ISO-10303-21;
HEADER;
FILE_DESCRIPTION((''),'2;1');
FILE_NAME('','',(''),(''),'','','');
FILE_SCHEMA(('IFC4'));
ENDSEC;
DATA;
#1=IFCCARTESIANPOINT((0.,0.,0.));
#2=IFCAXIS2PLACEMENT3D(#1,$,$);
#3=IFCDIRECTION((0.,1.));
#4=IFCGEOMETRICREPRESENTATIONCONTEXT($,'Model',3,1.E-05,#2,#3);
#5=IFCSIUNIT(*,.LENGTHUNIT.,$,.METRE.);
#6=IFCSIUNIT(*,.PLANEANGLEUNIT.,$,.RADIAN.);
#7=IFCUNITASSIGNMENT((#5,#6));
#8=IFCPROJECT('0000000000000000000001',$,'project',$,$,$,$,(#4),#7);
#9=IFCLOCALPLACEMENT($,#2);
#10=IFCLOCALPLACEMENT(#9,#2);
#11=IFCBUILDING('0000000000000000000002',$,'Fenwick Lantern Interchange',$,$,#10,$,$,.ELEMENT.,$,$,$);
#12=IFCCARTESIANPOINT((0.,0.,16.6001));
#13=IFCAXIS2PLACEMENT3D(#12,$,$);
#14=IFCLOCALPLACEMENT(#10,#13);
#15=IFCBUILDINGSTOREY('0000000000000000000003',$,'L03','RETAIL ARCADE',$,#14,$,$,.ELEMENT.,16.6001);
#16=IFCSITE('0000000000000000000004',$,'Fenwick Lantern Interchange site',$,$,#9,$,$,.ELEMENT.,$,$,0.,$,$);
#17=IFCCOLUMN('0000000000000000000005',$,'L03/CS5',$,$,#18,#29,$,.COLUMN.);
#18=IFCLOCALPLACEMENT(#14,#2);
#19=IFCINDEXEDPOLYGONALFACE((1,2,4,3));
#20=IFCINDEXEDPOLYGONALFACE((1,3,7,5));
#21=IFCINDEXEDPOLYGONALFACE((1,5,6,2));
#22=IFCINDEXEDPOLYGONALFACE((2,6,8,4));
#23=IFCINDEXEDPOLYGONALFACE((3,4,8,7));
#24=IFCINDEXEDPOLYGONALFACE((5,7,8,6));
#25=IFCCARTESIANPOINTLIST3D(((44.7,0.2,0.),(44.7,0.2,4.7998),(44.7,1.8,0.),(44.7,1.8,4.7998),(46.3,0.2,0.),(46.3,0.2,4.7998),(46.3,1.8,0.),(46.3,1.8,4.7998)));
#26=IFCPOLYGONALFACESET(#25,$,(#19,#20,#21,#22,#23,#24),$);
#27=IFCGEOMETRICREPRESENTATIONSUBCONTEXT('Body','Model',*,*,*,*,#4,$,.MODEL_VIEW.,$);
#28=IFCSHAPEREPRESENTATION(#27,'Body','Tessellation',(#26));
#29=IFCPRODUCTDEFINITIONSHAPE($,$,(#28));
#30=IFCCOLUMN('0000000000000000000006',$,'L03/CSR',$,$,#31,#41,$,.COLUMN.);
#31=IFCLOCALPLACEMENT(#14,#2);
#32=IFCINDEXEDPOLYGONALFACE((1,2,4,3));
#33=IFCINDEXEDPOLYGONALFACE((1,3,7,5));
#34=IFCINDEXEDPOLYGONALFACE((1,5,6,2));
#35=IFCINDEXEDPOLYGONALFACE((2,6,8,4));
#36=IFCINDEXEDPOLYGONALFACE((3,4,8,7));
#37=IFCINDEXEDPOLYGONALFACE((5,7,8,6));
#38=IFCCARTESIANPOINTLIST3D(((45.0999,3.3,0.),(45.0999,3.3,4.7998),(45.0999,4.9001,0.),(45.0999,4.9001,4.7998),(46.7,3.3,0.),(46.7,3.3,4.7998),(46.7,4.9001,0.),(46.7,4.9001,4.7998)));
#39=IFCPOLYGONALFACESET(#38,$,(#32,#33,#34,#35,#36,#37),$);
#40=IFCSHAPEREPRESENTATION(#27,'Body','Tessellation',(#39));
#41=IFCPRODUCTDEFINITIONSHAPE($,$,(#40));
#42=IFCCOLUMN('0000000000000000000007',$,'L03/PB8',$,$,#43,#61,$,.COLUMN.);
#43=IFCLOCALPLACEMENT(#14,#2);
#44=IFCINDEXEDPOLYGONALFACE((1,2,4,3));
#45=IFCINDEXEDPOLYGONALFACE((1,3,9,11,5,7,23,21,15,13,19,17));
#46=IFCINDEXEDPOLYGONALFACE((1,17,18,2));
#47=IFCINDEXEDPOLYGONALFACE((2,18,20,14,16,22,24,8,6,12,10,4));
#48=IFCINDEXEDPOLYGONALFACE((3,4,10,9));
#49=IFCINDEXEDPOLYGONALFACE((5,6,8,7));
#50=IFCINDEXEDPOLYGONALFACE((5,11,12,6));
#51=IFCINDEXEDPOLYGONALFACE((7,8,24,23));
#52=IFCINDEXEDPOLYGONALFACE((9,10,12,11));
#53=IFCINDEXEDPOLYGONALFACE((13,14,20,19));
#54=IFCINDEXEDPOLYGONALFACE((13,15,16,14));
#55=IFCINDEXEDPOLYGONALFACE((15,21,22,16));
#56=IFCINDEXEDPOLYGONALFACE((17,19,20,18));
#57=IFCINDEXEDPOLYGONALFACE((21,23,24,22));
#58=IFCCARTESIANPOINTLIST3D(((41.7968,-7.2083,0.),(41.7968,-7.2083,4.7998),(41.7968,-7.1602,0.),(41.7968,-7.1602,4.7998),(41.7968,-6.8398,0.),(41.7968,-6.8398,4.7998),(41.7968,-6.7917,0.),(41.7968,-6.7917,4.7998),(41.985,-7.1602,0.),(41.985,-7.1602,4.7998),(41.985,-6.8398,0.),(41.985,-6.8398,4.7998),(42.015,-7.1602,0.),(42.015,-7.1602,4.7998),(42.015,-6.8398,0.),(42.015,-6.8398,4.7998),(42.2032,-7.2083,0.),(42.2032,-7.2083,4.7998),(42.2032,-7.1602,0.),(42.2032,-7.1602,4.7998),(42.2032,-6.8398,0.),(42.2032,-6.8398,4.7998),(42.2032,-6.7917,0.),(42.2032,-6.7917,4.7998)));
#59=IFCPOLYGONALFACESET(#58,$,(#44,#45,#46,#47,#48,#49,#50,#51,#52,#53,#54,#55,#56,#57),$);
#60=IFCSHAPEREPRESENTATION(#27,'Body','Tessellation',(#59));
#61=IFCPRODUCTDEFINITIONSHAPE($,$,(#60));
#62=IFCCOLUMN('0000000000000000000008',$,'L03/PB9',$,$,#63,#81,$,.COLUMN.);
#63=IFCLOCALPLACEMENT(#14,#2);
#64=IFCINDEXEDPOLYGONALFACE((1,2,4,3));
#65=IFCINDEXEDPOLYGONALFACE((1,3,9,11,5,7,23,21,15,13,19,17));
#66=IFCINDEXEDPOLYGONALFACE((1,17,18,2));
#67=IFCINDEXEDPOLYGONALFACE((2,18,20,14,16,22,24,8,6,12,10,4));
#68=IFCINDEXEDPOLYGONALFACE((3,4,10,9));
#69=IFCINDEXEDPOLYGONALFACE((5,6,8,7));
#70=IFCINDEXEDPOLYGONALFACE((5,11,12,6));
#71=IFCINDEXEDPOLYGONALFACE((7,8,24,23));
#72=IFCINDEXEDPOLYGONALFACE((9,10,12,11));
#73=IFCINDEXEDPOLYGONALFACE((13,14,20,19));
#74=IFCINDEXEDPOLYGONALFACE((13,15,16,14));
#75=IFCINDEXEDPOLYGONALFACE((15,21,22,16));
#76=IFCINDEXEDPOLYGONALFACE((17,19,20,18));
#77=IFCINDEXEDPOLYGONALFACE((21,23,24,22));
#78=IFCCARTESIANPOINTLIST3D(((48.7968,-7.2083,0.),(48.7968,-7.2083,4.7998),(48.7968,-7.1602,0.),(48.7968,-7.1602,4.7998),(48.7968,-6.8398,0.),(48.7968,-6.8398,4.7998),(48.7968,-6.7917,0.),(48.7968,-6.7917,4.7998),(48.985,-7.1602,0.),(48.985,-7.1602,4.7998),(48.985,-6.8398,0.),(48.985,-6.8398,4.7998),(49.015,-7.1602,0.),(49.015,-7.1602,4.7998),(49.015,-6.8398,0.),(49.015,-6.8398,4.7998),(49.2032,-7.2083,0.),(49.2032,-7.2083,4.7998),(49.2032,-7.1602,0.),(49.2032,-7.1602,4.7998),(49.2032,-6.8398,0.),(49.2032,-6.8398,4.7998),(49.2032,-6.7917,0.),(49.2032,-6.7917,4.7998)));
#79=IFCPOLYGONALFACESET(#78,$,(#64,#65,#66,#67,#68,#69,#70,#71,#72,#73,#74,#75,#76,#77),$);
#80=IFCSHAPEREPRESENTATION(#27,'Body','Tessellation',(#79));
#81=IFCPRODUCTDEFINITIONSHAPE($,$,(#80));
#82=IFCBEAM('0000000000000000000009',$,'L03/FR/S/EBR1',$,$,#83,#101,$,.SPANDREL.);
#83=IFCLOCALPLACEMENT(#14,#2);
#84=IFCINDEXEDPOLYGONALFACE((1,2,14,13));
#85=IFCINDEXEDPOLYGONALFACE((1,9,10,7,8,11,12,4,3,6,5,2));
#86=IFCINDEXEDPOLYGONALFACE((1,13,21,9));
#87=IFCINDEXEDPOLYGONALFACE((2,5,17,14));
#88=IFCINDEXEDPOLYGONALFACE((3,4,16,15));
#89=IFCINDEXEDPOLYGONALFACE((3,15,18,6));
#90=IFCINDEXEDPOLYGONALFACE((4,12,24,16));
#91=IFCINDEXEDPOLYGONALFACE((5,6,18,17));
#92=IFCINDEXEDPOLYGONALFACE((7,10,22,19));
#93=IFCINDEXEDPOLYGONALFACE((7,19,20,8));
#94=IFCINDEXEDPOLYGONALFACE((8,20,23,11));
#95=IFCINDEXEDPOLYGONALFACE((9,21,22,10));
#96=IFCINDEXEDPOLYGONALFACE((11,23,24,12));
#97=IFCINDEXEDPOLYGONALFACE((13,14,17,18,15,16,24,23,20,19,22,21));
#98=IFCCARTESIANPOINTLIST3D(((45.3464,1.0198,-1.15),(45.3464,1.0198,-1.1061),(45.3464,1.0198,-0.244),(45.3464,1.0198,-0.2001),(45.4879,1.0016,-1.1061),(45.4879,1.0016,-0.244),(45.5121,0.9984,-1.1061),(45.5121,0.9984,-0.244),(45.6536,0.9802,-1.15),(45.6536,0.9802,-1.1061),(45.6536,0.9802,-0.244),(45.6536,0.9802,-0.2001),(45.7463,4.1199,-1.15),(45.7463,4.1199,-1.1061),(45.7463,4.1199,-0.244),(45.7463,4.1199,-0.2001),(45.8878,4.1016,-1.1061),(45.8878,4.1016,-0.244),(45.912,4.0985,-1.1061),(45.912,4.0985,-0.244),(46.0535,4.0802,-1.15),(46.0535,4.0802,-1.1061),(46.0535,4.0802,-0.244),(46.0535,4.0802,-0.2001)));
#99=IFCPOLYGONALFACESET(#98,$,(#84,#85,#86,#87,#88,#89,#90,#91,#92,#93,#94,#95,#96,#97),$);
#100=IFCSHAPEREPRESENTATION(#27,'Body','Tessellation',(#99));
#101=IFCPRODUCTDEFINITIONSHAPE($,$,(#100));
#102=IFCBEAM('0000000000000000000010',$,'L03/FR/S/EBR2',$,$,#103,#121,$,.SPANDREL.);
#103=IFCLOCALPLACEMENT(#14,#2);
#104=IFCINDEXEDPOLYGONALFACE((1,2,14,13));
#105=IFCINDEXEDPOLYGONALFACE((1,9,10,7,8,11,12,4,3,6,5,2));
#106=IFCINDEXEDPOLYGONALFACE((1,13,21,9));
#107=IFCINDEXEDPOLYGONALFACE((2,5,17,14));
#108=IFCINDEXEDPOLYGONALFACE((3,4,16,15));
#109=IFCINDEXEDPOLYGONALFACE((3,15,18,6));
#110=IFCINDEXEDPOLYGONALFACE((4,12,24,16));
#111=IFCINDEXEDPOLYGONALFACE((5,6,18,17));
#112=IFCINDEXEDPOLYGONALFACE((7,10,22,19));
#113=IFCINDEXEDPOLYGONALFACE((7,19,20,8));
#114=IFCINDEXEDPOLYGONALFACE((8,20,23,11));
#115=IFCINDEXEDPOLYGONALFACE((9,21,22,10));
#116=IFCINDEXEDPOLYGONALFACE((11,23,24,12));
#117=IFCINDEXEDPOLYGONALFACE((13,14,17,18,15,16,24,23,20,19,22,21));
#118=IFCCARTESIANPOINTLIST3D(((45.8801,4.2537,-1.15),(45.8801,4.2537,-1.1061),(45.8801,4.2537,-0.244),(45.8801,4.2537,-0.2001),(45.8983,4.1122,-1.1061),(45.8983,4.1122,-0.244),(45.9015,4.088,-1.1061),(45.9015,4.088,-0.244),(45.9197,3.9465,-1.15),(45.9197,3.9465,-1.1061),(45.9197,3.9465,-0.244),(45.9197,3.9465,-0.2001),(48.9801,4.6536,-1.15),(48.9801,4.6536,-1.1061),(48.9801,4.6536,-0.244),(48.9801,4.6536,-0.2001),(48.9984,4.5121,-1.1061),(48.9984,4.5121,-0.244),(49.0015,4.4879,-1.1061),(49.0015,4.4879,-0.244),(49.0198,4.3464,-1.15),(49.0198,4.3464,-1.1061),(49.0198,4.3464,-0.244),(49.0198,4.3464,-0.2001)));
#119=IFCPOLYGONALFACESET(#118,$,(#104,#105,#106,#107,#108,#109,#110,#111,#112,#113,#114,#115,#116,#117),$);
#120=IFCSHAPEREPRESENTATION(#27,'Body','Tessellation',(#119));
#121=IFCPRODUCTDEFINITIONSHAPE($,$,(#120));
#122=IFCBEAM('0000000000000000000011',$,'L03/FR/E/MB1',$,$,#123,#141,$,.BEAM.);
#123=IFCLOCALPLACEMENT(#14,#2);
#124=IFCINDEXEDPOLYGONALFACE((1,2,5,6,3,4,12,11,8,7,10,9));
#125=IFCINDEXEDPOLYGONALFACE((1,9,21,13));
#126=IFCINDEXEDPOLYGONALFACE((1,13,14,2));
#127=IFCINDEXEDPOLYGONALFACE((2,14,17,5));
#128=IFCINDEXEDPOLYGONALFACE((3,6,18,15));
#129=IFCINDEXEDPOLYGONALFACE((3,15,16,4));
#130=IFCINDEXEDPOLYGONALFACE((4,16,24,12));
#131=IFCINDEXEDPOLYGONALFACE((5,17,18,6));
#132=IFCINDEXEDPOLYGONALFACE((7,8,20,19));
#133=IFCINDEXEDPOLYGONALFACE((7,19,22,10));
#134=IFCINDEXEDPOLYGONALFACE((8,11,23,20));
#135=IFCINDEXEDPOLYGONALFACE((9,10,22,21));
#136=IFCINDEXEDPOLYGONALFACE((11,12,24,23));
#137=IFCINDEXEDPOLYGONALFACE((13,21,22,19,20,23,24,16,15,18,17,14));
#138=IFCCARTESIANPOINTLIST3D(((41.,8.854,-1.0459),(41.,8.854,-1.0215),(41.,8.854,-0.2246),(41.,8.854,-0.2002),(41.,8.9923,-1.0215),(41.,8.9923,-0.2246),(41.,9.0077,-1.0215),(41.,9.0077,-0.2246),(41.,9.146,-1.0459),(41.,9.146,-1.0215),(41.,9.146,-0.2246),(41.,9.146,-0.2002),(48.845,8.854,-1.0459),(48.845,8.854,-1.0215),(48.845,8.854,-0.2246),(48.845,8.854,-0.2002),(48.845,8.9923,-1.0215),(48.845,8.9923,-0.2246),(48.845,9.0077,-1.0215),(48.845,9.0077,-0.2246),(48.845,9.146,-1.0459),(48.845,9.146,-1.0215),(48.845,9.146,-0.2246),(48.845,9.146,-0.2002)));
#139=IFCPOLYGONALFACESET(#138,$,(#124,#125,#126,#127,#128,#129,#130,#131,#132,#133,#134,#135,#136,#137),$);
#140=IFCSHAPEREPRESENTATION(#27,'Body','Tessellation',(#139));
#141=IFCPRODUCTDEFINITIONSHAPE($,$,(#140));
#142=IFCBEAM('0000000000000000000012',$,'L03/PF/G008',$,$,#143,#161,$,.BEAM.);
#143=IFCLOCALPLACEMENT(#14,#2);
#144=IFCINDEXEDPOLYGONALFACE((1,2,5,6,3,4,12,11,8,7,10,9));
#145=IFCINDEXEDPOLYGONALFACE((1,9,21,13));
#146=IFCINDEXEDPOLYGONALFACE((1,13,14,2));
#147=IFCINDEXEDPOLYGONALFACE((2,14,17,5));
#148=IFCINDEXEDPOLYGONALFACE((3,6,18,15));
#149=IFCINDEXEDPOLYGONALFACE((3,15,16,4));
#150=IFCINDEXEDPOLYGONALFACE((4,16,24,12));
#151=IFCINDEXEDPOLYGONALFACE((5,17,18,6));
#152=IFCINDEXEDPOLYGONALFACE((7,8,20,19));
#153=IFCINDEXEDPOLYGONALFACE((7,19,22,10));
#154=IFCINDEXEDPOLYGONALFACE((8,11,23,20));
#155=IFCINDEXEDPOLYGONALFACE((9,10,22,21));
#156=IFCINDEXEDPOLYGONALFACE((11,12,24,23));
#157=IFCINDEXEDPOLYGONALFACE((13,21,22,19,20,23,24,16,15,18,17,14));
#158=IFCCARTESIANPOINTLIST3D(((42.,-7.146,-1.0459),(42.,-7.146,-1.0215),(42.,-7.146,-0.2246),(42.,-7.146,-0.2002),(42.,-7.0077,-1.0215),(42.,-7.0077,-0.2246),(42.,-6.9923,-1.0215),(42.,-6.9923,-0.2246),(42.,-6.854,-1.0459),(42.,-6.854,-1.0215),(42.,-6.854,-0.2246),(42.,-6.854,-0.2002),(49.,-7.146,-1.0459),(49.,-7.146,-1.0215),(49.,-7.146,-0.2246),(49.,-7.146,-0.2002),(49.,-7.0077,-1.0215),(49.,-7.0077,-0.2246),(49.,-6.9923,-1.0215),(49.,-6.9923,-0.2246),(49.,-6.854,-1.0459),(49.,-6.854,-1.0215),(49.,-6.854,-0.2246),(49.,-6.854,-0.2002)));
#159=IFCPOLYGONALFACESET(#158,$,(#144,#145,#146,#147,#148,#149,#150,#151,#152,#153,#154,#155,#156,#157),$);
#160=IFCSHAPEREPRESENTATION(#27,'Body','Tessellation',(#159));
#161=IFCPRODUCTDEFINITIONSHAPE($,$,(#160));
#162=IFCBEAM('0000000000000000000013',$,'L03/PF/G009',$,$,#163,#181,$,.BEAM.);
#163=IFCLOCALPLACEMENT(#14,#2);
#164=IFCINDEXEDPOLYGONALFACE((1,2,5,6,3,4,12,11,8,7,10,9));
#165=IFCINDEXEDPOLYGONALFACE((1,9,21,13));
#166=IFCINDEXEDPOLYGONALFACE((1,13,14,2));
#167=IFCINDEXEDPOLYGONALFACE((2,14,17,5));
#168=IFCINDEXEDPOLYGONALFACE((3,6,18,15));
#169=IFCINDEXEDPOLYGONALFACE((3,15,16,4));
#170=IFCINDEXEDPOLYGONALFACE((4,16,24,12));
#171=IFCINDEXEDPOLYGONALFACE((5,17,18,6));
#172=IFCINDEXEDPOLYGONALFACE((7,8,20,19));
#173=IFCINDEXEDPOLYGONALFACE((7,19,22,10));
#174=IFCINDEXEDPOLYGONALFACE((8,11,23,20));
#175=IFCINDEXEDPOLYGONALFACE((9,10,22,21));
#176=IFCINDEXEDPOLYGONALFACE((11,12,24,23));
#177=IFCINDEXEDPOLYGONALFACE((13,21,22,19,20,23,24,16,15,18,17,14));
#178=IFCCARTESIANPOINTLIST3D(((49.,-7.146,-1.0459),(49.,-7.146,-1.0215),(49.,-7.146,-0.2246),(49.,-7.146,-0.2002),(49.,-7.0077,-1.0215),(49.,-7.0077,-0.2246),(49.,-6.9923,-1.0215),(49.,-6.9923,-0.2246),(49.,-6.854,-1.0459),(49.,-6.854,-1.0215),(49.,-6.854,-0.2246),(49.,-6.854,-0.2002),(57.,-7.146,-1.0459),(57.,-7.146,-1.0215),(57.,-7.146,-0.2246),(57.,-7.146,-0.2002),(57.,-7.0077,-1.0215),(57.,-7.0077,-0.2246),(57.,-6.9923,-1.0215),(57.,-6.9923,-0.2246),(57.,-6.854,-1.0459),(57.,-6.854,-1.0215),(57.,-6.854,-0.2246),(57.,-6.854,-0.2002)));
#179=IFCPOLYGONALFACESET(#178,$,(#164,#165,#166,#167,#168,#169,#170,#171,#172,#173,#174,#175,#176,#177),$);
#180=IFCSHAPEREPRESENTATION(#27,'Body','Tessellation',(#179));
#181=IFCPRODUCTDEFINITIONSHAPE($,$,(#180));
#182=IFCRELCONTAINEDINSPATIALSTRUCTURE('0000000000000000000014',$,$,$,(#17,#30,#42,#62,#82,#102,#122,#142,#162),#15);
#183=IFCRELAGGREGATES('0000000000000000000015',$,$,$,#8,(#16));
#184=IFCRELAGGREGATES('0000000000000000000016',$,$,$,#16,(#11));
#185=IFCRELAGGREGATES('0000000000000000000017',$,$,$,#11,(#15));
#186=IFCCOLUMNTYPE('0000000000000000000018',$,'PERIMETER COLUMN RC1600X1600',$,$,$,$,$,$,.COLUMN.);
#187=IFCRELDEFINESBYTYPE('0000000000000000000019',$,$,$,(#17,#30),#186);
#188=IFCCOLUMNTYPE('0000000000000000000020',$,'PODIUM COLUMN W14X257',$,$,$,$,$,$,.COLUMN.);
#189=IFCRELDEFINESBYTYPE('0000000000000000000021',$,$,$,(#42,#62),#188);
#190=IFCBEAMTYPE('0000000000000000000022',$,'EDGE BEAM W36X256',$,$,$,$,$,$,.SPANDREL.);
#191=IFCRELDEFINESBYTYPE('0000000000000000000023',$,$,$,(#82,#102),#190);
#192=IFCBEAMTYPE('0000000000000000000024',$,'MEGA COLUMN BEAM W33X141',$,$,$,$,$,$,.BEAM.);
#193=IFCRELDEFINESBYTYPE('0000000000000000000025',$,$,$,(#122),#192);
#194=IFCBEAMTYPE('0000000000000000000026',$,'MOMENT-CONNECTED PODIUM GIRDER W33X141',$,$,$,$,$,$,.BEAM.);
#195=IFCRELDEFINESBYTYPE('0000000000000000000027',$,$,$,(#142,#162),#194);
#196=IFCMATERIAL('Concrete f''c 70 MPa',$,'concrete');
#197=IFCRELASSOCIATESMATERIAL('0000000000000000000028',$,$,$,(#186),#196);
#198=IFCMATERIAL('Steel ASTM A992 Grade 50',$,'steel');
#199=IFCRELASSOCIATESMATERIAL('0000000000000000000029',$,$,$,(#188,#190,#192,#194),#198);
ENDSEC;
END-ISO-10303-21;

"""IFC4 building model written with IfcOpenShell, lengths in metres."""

from ifc_helpers import new_model, si_unit, direction, frame, origin, origin_2d, place, context, subcontext, project, spatial, rectangle, i_section, extrude, material, material_profile, profile_set, type_object, element, save


model = new_model("IFC4")

# Units and contexts
model_context = context("Model", 3, precision=1e-05, world=origin(), true_north=direction((0.0, 1.0)))
body_context = subcontext(model_context, "Body", "Model", "MODEL_VIEW")
ifc_project = project(units=[si_unit("LENGTHUNIT", "METRE"), si_unit("PLANEANGLEUNIT", "RADIAN")], contexts=[model_context])

# Site, building, storey
site_placement = place(None, origin())
site = spatial("IfcSite", under=ifc_project, at=site_placement, Name="Fenwick Lantern Interchange site", CompositionType="ELEMENT", RefElevation=0.0)
building_placement = place(site_placement, origin())
building = spatial("IfcBuilding", under=site, at=building_placement, Name="Fenwick Lantern Interchange", CompositionType="ELEMENT")
storey_placement = place(building_placement, frame((0.0, 0.0, 16.6001)))
storey = spatial("IfcBuildingStorey", under=building, at=storey_placement, Name="L03", Description="RETAIL ARCADE", CompositionType="ELEMENT", Elevation=16.6001)

# Columns
ifc_material_1 = material(Name="Concrete f'c 70 MPa", Category="concrete")
ifc_material_profile_1 = material_profile(ifc_material_1, rectangle(XDim=1.6001, YDim=1.6001, at=origin_2d()), Name="RC1600X1600")
ifc_profile_set_1 = profile_set([ifc_material_profile_1], Name="Concrete f'c 70 MPa")
column_type_1 = type_object("IfcColumnType", Name="PERIMETER COLUMN RC1600X1600", PredefinedType="COLUMN", material=ifc_profile_set_1)
for number, where, z_axis, x_axis, name in (
    (1, (45.5, 1.0, 0.0), (0.0, 0.0, 1.0), (1.0, 0.0, 0.0), "L03/CS5"),
    (2, (45.8999, 4.1001, 0.0), (0.0, 0.0, 1.0), (1.0, 0.0, 0.0), "L03/CSR"),
):
    element("IfcColumn", number, at=place(storey_placement, frame(where, z_axis=z_axis, x_axis=x_axis)), inside=storey, type_object=column_type_1, Name=name, PredefinedType="COLUMN", context=body_context, shape_type="SweptSolid", body=[
        extrude(rectangle(XDim=1.6001, YDim=1.6001, at=origin_2d()), origin(), (0.0, 0.0, 1.0), 4.7998),
    ])
ifc_material_2 = material(Name="Steel ASTM A992 Grade 50", Category="steel")
ifc_material_profile_2 = material_profile(ifc_material_2, i_section(OverallWidth=0.4065, OverallDepth=0.4165, WebThickness=0.03, FlangeThickness=0.0481, at=origin_2d()), Name="W14X257")
ifc_profile_set_2 = profile_set([ifc_material_profile_2], Name="Steel ASTM A992 Grade 50")
column_type_2 = type_object("IfcColumnType", Name="PODIUM COLUMN W14X257", PredefinedType="COLUMN", material=ifc_profile_set_2)
for number, where, z_axis, x_axis, name in (
    (3, (42.0, -7.0, 0.0), (0.0, 0.0, 1.0), (1.0, 0.0, 0.0), "L03/PB8"),
    (4, (49.0, -7.0, 0.0), (0.0, 0.0, 1.0), (1.0, 0.0, 0.0), "L03/PB9"),
):
    element("IfcColumn", number, at=place(storey_placement, frame(where, z_axis=z_axis, x_axis=x_axis)), inside=storey, type_object=column_type_2, Name=name, PredefinedType="COLUMN", context=body_context, shape_type="SweptSolid", body=[
        extrude(i_section(OverallWidth=0.4065, OverallDepth=0.4165, WebThickness=0.03, FlangeThickness=0.0481, at=origin_2d()), origin(), (0.0, 0.0, 1.0), 4.7998),
    ])

# Beams
ifc_material_profile_3 = material_profile(ifc_material_2, i_section(OverallWidth=0.3098, OverallDepth=0.95, WebThickness=0.0244, FlangeThickness=0.0439, at=origin_2d()), Name="W36X256")
ifc_profile_set_3 = profile_set([ifc_material_profile_3], Name="Steel ASTM A992 Grade 50")
beam_type_1 = type_object("IfcBeamType", Name="EDGE BEAM W36X256", PredefinedType="SPANDREL", material=ifc_profile_set_3)
for number, where, z_axis, x_axis, name in (
    (5, (45.5, 1.0, -0.675), (0.127937, 0.991782, 0.0), (-0.991782, 0.127937, 0.0), "L03/FR/S/EBR1"),
    (6, (45.8999, 4.1001, -0.675), (0.991782, 0.127937, 0.0), (-0.127937, 0.991782, 0.0), "L03/FR/S/EBR2"),
):
    element("IfcBeam", number, at=place(storey_placement, frame(where, z_axis=z_axis, x_axis=x_axis)), inside=storey, type_object=beam_type_1, Name=name, PredefinedType="SPANDREL", context=body_context, shape_type="SweptSolid", body=[
        extrude(i_section(OverallWidth=0.3098, OverallDepth=0.95, WebThickness=0.0244, FlangeThickness=0.0439, at=origin_2d()), origin(), (0.0, 0.0, 1.0), 3.1257),
    ])
ifc_material_profile_4 = material_profile(ifc_material_2, i_section(OverallWidth=0.292, OverallDepth=0.8457, WebThickness=0.0154, FlangeThickness=0.0244, at=origin_2d()), Name="W33X141")
ifc_profile_set_4 = profile_set([ifc_material_profile_4], Name="Steel ASTM A992 Grade 50")
beam_type_2 = type_object("IfcBeamType", Name="MEGA COLUMN BEAM W33X141", PredefinedType="BEAM", material=ifc_profile_set_4)
beam_1_placement = place(storey_placement, frame((41.0, 9.0, -0.623), z_axis=(1.0, 0.0, 0.0), x_axis=(0.0, 1.0, 0.0)))
element("IfcBeam", 7, at=beam_1_placement, inside=storey, type_object=beam_type_2, Name="L03/FR/E/MB1", PredefinedType="BEAM", context=body_context, shape_type="SweptSolid", body=[
    extrude(i_section(OverallWidth=0.292, OverallDepth=0.8457, WebThickness=0.0154, FlangeThickness=0.0244, at=origin_2d()), origin(), (0.0, 0.0, 1.0), 7.845),
])
ifc_material_profile_5 = material_profile(ifc_material_2, i_section(OverallWidth=0.292, OverallDepth=0.8457, WebThickness=0.0154, FlangeThickness=0.0244, at=origin_2d()), Name="W33X141")
ifc_profile_set_5 = profile_set([ifc_material_profile_5], Name="Steel ASTM A992 Grade 50")
beam_type_3 = type_object("IfcBeamType", Name="MOMENT-CONNECTED PODIUM GIRDER W33X141", PredefinedType="BEAM", material=ifc_profile_set_5)
beam_2_placement = place(storey_placement, frame((42.0, -7.0, -0.623), z_axis=(1.0, 0.0, 0.0), x_axis=(0.0, 1.0, 0.0)))
element("IfcBeam", 8, at=beam_2_placement, inside=storey, type_object=beam_type_3, Name="L03/PF/G008", PredefinedType="BEAM", context=body_context, shape_type="SweptSolid", body=[
    extrude(i_section(OverallWidth=0.292, OverallDepth=0.8457, WebThickness=0.0154, FlangeThickness=0.0244, at=origin_2d()), origin(), (0.0, 0.0, 1.0), 7.0),
])
beam_3_placement = place(storey_placement, frame((49.0, -7.0, -0.623), z_axis=(1.0, 0.0, 0.0), x_axis=(0.0, 1.0, 0.0)))
element("IfcBeam", 9, at=beam_3_placement, inside=storey, type_object=beam_type_3, Name="L03/PF/G009", PredefinedType="BEAM", context=body_context, shape_type="SweptSolid", body=[
    extrude(i_section(OverallWidth=0.292, OverallDepth=0.8457, WebThickness=0.0154, FlangeThickness=0.0244, at=origin_2d()), origin(), (0.0, 0.0, 1.0), 8.0),
])

save(model, "model.ifc")
